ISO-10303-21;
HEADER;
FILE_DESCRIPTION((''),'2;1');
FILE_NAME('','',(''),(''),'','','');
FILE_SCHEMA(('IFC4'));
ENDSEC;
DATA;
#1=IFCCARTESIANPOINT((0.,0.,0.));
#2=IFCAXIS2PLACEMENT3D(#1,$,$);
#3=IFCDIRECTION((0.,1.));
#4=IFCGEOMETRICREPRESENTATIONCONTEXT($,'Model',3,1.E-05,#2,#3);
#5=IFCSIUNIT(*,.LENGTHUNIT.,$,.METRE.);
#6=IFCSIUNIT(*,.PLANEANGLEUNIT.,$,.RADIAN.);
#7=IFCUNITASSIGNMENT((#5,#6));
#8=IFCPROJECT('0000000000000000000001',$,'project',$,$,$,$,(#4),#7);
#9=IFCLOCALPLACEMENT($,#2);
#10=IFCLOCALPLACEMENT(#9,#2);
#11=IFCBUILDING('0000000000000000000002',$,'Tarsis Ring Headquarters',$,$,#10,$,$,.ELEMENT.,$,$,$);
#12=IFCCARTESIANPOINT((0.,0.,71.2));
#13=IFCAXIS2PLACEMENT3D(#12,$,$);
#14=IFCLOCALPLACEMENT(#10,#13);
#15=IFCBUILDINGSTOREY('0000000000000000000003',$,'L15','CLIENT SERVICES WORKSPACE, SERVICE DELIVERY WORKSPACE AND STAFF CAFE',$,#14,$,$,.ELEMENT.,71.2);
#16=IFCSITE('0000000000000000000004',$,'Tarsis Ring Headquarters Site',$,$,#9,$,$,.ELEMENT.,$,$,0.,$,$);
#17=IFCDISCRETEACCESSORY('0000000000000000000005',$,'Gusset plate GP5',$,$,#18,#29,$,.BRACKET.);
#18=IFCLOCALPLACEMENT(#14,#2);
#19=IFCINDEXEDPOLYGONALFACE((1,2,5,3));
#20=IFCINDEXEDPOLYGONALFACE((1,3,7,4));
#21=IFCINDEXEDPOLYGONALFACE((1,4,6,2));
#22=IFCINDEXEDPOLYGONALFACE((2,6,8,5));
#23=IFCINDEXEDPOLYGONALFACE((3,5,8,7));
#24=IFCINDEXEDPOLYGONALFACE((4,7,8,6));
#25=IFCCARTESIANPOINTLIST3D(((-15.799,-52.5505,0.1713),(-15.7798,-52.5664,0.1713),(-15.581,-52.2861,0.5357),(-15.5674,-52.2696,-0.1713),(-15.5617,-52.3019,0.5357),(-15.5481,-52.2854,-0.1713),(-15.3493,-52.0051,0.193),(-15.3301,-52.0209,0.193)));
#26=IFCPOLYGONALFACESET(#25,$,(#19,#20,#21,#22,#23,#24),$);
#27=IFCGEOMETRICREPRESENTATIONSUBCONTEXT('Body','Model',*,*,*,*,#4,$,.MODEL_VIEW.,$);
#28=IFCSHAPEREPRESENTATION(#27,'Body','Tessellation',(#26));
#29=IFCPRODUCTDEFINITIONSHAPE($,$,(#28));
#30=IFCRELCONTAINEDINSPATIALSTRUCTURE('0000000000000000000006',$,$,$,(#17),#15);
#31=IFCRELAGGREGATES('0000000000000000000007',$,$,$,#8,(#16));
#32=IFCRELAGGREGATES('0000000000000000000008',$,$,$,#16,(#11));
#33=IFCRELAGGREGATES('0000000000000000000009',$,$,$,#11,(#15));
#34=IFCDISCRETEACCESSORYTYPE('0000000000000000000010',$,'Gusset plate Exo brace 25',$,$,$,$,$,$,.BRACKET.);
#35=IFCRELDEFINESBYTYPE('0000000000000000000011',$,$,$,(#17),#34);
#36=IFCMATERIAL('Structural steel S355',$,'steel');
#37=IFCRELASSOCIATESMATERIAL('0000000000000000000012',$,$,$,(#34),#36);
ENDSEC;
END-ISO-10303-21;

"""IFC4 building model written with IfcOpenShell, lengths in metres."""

from ifc_helpers import new_model, si_unit, direction, frame, origin, origin_2d, place, context, subcontext, project, spatial, rectangle, extrude, material, material_profile, profile_set, type_object, element, save


model = new_model("IFC4")

# Units and contexts
model_context = context("Model", 3, precision=1e-05, world=origin(), true_north=direction((0.0, 1.0)))
body_context = subcontext(model_context, "Body", "Model", "MODEL_VIEW")
ifc_project = project(units=[si_unit("LENGTHUNIT", "METRE"), si_unit("PLANEANGLEUNIT", "RADIAN")], contexts=[model_context])

# Site, building, storey
site_placement = place(None, origin())
site = spatial("IfcSite", under=ifc_project, at=site_placement, Name="Tarsis Ring Headquarters Site", CompositionType="ELEMENT", RefElevation=0.0)
building_placement = place(site_placement, origin())
building = spatial("IfcBuilding", under=site, at=building_placement, Name="Tarsis Ring Headquarters", CompositionType="ELEMENT")
storey_placement = place(building_placement, frame((0.0, 0.0, 71.2)))
storey = spatial("IfcBuildingStorey", under=building, at=storey_placement, Name="L15", Description="CLIENT SERVICES WORKSPACE, SERVICE DELIVERY WORKSPACE AND STAFF CAFE", CompositionType="ELEMENT", Elevation=71.2)

# Shared definitions
ifc_material_1 = material(Name="Structural steel S355", Category="steel")

# Discrete accessory
ifc_material_profile_1 = material_profile(ifc_material_1, rectangle(XDim=0.0249, YDim=0.5, at=origin_2d()), Name="PL 25x500")
ifc_profile_set_1 = profile_set([ifc_material_profile_1], Name="Structural steel S355")
discrete_accessory_type = type_object("IfcDiscreteAccessoryType", Name="Gusset plate Exo brace 25", PredefinedType="BRACKET", material=ifc_profile_set_1)
discrete_accessory_placement = place(storey_placement, frame((-15.6736, -52.418, 0.0), z_axis=(0.435926, 0.528676, 0.728333), x_axis=(-0.771539, 0.636182, 0.0)))
element("IfcDiscreteAccessory", 1, at=discrete_accessory_placement, inside=storey, type_object=discrete_accessory_type, Name="Gusset plate GP5", PredefinedType="BRACKET", context=body_context, shape_type="SweptSolid", body=[
    extrude(rectangle(XDim=0.0249, YDim=0.5, at=origin_2d()), origin(), (0.0, 0.0, 1.0), 0.5002),
])

save(model, "model.ifc")
